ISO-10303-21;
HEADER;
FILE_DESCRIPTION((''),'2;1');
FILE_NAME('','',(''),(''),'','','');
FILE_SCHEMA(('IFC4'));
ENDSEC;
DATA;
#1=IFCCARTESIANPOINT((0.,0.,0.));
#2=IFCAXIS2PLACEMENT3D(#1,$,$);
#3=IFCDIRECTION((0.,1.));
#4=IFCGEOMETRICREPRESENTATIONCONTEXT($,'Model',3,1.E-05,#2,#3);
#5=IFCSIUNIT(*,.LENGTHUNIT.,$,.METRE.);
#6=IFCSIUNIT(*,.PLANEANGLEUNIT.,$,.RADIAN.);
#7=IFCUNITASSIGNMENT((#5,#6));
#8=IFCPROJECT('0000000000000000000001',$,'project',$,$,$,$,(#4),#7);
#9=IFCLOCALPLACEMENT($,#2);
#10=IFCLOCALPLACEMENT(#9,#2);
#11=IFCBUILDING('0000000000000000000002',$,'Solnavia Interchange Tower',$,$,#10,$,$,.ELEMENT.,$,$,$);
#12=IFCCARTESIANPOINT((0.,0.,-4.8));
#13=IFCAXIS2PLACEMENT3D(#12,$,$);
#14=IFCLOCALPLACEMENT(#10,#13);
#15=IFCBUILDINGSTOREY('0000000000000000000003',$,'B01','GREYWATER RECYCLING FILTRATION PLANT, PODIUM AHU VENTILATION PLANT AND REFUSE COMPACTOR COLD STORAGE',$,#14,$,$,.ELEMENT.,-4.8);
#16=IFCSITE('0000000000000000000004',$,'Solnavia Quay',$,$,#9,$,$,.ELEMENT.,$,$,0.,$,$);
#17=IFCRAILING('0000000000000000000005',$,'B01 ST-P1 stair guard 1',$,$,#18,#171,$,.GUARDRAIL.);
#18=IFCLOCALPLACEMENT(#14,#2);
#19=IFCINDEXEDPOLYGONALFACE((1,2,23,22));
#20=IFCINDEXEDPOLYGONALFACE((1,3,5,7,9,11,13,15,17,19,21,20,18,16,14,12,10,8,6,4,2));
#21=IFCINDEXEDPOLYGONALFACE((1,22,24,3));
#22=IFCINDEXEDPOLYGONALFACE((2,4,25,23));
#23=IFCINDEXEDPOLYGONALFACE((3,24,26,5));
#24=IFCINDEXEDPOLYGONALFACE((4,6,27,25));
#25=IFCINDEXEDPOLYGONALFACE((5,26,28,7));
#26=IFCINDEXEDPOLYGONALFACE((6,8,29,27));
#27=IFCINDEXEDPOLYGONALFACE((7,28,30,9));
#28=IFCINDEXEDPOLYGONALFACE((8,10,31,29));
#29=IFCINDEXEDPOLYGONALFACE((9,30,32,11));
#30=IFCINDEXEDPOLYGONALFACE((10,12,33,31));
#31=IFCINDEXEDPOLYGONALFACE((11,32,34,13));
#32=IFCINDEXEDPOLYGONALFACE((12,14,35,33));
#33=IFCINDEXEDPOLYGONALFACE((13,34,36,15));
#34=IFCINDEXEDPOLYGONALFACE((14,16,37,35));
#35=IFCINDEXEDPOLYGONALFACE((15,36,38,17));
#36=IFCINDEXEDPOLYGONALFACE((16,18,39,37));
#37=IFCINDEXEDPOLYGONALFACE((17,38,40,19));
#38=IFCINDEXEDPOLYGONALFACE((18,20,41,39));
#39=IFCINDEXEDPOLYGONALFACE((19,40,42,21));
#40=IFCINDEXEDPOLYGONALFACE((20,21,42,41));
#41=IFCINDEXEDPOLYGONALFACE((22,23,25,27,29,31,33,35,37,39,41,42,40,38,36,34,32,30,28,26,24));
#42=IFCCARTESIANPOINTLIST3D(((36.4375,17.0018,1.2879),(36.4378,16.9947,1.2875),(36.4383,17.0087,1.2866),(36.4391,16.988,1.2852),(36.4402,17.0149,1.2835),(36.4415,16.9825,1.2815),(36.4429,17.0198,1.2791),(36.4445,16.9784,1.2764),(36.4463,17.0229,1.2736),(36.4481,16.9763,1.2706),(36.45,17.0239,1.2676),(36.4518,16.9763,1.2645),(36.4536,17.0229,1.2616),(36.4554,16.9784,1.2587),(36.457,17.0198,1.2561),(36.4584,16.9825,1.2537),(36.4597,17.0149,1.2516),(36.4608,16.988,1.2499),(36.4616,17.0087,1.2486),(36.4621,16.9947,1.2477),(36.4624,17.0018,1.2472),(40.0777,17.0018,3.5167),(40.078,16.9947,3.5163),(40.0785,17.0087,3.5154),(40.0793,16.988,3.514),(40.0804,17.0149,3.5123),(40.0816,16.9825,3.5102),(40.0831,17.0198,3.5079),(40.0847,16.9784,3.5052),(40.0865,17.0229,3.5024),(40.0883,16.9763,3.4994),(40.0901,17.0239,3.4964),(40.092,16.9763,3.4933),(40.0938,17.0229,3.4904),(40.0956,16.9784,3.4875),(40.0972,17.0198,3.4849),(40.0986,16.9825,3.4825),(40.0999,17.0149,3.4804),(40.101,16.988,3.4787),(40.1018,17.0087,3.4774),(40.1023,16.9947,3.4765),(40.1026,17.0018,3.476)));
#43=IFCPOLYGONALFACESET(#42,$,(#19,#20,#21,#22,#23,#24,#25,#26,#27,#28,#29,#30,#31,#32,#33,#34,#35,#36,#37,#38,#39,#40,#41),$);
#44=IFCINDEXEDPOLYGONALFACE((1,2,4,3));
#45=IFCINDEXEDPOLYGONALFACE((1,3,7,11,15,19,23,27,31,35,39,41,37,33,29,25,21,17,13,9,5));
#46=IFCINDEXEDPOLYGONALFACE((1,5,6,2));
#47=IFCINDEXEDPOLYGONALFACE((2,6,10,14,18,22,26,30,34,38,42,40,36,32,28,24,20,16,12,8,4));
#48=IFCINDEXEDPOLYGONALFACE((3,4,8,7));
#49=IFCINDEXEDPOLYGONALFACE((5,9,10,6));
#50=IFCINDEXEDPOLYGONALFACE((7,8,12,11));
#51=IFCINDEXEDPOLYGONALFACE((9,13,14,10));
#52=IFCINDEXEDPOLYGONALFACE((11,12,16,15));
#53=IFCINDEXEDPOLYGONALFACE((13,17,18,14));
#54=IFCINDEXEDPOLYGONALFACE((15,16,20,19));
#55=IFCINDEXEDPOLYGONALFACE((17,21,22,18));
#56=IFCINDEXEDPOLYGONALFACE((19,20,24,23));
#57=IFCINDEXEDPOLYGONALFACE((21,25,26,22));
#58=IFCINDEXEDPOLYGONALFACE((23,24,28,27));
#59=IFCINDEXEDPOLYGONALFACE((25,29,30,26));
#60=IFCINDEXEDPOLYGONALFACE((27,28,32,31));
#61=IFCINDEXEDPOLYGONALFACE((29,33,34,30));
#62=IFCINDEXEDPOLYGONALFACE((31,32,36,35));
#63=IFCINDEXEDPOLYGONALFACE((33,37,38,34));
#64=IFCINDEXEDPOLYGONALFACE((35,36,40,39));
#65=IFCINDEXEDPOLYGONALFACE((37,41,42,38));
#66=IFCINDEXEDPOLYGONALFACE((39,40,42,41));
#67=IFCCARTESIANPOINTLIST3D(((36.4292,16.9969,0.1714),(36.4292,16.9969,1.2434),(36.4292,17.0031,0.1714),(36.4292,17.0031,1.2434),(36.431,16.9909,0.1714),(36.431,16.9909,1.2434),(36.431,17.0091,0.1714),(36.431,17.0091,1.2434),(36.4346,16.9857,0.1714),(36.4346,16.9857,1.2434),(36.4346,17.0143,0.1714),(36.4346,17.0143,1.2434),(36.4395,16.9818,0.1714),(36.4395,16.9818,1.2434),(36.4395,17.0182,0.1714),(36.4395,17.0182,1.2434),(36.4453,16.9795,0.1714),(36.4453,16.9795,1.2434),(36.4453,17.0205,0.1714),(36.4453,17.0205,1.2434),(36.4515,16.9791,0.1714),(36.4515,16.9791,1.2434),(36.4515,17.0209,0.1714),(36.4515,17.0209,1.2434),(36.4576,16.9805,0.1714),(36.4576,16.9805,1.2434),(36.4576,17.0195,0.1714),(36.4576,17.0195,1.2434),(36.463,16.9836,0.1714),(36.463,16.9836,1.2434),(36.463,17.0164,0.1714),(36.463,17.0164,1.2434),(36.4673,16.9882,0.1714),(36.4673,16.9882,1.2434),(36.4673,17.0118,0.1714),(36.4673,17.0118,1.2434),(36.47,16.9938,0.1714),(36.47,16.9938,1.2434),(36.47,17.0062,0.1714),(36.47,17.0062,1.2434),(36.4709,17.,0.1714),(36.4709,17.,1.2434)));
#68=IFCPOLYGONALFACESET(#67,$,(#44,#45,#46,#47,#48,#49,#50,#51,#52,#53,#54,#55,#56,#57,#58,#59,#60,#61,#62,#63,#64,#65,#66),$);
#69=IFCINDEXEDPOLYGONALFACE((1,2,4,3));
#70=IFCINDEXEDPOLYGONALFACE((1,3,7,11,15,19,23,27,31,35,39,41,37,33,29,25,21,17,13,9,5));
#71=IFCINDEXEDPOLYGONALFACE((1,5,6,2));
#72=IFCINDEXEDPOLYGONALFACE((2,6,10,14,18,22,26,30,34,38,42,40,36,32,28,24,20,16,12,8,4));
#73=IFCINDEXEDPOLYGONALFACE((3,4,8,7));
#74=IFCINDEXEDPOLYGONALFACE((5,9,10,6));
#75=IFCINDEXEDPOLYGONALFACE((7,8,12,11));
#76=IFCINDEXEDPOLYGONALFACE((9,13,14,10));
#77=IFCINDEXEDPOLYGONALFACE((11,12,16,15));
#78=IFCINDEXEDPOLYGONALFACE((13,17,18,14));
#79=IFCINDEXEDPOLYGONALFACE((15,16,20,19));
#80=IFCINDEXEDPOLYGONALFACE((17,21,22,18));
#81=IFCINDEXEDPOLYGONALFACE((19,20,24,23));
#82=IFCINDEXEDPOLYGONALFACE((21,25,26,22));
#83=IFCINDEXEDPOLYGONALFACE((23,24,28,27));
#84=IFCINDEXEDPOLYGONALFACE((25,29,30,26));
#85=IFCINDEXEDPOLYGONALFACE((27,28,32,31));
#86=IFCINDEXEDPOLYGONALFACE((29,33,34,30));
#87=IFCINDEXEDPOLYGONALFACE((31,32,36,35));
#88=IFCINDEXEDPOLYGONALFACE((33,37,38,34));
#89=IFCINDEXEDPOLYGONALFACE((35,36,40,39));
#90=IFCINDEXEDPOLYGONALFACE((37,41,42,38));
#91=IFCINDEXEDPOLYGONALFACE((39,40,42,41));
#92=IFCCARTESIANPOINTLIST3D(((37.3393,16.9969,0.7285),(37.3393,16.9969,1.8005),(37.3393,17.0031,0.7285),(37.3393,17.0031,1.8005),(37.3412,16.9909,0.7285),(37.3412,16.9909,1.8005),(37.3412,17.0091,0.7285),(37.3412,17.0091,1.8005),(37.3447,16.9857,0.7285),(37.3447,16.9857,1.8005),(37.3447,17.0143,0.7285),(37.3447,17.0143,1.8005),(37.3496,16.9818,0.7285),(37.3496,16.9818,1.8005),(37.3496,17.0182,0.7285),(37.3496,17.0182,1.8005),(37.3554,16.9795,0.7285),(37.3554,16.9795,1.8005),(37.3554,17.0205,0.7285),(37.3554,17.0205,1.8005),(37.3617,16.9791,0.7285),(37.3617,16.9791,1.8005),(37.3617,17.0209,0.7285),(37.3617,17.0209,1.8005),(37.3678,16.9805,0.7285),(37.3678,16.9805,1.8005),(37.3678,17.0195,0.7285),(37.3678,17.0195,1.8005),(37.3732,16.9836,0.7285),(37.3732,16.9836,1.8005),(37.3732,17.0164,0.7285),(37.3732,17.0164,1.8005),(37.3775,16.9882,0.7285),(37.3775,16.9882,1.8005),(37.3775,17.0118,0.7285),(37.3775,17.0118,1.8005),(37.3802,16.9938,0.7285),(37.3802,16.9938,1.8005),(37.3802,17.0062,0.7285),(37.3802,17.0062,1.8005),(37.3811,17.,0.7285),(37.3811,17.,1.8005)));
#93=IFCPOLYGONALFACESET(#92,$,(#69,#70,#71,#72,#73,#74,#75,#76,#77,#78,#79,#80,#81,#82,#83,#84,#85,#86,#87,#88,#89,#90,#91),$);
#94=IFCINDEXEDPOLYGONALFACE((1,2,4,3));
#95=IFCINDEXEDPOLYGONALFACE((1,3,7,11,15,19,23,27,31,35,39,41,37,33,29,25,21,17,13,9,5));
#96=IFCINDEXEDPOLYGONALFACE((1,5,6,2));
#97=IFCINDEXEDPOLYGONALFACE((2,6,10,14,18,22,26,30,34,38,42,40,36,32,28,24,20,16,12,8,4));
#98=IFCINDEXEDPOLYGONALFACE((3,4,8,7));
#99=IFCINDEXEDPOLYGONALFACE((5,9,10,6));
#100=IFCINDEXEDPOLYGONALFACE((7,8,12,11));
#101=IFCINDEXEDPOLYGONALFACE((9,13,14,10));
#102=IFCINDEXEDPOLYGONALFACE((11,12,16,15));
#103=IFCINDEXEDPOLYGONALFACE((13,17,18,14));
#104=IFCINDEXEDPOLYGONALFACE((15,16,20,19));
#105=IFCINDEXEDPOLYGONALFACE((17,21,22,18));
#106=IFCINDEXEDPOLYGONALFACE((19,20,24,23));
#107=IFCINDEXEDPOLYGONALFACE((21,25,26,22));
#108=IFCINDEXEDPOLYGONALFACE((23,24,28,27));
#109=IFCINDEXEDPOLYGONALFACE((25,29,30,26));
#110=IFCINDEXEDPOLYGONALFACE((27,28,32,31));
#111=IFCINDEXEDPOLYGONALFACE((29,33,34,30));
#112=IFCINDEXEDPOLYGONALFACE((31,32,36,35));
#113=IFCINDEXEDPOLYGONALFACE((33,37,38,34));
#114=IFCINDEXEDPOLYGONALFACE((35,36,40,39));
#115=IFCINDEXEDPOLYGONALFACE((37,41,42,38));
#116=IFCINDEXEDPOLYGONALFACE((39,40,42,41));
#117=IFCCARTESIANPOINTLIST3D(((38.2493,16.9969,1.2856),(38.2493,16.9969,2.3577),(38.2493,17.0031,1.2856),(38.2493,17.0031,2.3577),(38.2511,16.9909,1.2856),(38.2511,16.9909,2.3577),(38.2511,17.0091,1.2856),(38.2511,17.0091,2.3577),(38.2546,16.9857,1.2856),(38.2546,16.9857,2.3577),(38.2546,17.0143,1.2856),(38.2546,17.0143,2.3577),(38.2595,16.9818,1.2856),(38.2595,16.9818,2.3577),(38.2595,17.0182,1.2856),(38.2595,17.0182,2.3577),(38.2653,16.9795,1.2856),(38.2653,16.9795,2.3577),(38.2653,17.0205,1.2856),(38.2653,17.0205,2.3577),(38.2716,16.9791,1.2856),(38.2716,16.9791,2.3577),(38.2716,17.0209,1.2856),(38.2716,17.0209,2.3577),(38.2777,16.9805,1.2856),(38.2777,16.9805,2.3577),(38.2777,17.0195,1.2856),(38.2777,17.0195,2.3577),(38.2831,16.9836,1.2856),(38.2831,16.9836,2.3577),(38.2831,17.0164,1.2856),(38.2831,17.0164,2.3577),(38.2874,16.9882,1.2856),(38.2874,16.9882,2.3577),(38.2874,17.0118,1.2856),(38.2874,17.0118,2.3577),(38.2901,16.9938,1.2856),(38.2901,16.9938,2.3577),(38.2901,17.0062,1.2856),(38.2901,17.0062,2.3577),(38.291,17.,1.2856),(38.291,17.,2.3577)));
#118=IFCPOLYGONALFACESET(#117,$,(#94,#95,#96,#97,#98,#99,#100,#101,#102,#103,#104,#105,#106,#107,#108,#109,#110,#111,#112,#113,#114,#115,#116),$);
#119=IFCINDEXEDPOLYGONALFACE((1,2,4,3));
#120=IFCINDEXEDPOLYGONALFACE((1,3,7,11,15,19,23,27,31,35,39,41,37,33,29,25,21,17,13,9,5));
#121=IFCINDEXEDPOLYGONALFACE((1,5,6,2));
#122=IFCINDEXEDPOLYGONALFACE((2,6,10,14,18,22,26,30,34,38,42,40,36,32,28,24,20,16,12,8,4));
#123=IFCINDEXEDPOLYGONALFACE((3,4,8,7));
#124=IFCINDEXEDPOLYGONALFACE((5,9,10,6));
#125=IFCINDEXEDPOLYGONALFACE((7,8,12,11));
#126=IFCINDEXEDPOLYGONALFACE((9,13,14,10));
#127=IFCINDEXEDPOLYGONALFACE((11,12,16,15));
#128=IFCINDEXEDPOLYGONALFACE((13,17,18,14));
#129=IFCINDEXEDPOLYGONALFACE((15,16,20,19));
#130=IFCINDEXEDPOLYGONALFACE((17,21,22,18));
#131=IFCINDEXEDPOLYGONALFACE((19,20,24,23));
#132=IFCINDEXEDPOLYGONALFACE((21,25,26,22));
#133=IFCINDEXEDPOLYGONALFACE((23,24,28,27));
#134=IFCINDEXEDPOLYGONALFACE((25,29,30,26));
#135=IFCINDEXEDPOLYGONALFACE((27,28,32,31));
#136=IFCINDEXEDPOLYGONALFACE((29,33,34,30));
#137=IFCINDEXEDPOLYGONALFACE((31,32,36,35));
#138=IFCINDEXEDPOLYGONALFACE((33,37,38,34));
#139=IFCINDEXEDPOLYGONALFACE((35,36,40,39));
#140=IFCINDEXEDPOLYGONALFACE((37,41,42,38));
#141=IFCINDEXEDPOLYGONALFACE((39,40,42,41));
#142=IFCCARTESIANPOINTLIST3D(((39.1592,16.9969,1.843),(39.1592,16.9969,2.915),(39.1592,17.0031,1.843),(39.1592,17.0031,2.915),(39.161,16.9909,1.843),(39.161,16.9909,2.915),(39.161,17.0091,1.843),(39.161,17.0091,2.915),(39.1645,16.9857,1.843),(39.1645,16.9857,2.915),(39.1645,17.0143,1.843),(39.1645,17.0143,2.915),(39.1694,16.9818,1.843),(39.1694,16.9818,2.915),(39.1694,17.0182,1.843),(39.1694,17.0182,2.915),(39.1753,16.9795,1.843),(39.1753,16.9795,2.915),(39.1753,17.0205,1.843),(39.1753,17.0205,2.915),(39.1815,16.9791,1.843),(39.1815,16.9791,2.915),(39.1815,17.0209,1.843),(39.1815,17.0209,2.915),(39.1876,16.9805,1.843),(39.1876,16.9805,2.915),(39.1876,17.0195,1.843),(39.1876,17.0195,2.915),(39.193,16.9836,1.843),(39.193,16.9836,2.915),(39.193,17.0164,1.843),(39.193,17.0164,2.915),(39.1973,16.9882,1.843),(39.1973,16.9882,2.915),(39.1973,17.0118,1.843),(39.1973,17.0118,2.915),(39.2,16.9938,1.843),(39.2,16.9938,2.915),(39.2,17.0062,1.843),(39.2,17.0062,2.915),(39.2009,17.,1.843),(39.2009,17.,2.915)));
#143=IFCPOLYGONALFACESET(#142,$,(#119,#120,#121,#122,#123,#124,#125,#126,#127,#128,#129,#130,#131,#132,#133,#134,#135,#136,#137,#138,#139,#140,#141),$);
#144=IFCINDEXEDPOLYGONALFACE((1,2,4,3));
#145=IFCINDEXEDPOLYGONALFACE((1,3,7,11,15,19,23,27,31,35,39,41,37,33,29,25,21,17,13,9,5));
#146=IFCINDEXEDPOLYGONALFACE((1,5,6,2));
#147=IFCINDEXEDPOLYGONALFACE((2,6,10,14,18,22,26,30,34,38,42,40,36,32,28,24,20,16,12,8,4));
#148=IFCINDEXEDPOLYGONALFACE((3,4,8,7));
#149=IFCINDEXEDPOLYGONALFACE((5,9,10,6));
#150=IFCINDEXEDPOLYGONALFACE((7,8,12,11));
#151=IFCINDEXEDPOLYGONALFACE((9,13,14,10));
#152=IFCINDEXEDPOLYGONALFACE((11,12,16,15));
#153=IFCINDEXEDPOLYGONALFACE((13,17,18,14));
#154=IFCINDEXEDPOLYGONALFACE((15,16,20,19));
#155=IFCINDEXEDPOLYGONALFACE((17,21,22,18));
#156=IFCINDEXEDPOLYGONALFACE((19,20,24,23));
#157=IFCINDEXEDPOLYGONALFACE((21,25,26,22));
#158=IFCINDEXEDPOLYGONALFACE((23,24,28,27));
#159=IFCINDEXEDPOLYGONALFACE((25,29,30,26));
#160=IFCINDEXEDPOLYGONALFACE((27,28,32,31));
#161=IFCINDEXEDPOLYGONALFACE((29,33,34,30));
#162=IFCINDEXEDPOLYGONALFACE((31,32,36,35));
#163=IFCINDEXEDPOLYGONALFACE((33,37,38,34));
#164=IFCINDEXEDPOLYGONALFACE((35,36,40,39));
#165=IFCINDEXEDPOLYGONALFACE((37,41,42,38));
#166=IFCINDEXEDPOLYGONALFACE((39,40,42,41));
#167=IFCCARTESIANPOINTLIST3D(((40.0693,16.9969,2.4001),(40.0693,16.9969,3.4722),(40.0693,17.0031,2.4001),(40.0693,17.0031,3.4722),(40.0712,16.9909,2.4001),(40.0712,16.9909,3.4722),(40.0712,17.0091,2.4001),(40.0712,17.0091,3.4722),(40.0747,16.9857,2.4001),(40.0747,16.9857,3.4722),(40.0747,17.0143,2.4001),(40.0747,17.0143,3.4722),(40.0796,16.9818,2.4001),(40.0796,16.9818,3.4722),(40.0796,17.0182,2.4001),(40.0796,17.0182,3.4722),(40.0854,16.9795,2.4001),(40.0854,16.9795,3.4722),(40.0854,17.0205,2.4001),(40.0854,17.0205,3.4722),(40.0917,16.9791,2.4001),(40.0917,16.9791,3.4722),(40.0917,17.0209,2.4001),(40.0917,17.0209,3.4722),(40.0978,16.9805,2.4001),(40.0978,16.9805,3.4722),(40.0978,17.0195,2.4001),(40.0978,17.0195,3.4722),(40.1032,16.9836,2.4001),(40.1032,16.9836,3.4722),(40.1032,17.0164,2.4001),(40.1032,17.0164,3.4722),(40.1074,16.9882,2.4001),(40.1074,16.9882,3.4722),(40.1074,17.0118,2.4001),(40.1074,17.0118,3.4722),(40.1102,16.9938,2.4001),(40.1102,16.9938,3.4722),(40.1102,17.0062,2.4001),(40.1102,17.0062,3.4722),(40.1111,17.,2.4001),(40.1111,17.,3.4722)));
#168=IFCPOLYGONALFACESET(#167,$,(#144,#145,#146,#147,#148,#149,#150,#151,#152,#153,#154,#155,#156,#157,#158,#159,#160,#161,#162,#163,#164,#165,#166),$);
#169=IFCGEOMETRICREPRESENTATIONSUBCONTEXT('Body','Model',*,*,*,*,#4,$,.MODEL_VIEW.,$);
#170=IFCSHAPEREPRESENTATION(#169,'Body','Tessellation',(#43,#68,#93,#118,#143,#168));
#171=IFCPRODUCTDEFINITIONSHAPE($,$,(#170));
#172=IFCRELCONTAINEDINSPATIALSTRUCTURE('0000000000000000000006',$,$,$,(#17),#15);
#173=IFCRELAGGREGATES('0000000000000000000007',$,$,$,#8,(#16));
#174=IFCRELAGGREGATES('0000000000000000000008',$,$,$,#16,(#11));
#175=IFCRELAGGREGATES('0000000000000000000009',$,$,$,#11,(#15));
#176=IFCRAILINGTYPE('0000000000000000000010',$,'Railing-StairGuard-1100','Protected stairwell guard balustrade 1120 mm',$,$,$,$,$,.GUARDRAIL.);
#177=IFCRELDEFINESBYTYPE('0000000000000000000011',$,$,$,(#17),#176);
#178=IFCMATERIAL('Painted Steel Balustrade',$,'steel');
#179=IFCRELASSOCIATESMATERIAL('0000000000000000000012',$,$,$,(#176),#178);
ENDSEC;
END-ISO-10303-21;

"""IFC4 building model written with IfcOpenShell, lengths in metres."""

from ifc_helpers import new_model, si_unit, direction, frame, origin, origin_2d, place, context, subcontext, project, spatial, circle, extrude, material, type_object, element, save


model = new_model("IFC4")

# Units and contexts
model_context = context("Model", 3, precision=1e-05, world=origin(), true_north=direction((0.0, 1.0)))
body_context = subcontext(model_context, "Body", "Model", "MODEL_VIEW")
ifc_project = project(units=[si_unit("LENGTHUNIT", "METRE"), si_unit("PLANEANGLEUNIT", "RADIAN")], contexts=[model_context])

# Site, building, storey
site_placement = place(None, origin())
site = spatial("IfcSite", under=ifc_project, at=site_placement, Name="Solnavia Quay", CompositionType="ELEMENT", RefElevation=0.0)
building_placement = place(site_placement, origin())
building = spatial("IfcBuilding", under=site, at=building_placement, Name="Solnavia Interchange Tower", CompositionType="ELEMENT")
storey_placement = place(building_placement, frame((0.0, 0.0, -4.8)))
storey = spatial("IfcBuildingStorey", under=building, at=storey_placement, Name="B01", Description="GREYWATER RECYCLING FILTRATION PLANT, PODIUM AHU VENTILATION PLANT AND REFUSE COMPACTOR COLD STORAGE", CompositionType="ELEMENT", Elevation=-4.8)

# Railing
ifc_material_1 = material(Name="Painted Steel Balustrade", Category="steel")
railing_type_1 = type_object("IfcRailingType", Name="Railing-StairGuard-1100", Description="Protected stairwell guard balustrade 1120 mm", PredefinedType="GUARDRAIL", material=ifc_material_1)
railing_1_placement = place(storey_placement, frame((36.45, 17.0, 0.1714)))
element("IfcRailing", 1, at=railing_1_placement, inside=storey, type_object=railing_type_1, Name="B01 ST-P1 stair guard 1", PredefinedType="GUARDRAIL", context=body_context, shape_type="SweptSolid", body=[
    extrude(circle(Radius=0.0239, at=origin_2d()), frame((0.0, 0.0, 1.0962), z_axis=(0.85284, 0.0, 0.522172), x_axis=(0.0, 1.0, 0.0)), (0.0, 0.0, 1.0), 4.2683),
    extrude(circle(Radius=0.021, at=origin_2d()), origin(), (0.0, 0.0, 1.0), 1.072),
    extrude(circle(Radius=0.021, at=origin_2d()), frame((0.9102, 0.0, 0.5571)), (0.0, 0.0, 1.0), 1.072),
    extrude(circle(Radius=0.021, at=origin_2d()), frame((1.8201, 0.0, 1.1143)), (0.0, 0.0, 1.0), 1.072),
    extrude(circle(Radius=0.021, at=origin_2d()), frame((2.73, 0.0, 1.6716)), (0.0, 0.0, 1.0), 1.072),
    extrude(circle(Radius=0.021, at=origin_2d()), frame((3.6401, 0.0, 2.2288)), (0.0, 0.0, 1.0), 1.072),
])

save(model, "model.ifc")
